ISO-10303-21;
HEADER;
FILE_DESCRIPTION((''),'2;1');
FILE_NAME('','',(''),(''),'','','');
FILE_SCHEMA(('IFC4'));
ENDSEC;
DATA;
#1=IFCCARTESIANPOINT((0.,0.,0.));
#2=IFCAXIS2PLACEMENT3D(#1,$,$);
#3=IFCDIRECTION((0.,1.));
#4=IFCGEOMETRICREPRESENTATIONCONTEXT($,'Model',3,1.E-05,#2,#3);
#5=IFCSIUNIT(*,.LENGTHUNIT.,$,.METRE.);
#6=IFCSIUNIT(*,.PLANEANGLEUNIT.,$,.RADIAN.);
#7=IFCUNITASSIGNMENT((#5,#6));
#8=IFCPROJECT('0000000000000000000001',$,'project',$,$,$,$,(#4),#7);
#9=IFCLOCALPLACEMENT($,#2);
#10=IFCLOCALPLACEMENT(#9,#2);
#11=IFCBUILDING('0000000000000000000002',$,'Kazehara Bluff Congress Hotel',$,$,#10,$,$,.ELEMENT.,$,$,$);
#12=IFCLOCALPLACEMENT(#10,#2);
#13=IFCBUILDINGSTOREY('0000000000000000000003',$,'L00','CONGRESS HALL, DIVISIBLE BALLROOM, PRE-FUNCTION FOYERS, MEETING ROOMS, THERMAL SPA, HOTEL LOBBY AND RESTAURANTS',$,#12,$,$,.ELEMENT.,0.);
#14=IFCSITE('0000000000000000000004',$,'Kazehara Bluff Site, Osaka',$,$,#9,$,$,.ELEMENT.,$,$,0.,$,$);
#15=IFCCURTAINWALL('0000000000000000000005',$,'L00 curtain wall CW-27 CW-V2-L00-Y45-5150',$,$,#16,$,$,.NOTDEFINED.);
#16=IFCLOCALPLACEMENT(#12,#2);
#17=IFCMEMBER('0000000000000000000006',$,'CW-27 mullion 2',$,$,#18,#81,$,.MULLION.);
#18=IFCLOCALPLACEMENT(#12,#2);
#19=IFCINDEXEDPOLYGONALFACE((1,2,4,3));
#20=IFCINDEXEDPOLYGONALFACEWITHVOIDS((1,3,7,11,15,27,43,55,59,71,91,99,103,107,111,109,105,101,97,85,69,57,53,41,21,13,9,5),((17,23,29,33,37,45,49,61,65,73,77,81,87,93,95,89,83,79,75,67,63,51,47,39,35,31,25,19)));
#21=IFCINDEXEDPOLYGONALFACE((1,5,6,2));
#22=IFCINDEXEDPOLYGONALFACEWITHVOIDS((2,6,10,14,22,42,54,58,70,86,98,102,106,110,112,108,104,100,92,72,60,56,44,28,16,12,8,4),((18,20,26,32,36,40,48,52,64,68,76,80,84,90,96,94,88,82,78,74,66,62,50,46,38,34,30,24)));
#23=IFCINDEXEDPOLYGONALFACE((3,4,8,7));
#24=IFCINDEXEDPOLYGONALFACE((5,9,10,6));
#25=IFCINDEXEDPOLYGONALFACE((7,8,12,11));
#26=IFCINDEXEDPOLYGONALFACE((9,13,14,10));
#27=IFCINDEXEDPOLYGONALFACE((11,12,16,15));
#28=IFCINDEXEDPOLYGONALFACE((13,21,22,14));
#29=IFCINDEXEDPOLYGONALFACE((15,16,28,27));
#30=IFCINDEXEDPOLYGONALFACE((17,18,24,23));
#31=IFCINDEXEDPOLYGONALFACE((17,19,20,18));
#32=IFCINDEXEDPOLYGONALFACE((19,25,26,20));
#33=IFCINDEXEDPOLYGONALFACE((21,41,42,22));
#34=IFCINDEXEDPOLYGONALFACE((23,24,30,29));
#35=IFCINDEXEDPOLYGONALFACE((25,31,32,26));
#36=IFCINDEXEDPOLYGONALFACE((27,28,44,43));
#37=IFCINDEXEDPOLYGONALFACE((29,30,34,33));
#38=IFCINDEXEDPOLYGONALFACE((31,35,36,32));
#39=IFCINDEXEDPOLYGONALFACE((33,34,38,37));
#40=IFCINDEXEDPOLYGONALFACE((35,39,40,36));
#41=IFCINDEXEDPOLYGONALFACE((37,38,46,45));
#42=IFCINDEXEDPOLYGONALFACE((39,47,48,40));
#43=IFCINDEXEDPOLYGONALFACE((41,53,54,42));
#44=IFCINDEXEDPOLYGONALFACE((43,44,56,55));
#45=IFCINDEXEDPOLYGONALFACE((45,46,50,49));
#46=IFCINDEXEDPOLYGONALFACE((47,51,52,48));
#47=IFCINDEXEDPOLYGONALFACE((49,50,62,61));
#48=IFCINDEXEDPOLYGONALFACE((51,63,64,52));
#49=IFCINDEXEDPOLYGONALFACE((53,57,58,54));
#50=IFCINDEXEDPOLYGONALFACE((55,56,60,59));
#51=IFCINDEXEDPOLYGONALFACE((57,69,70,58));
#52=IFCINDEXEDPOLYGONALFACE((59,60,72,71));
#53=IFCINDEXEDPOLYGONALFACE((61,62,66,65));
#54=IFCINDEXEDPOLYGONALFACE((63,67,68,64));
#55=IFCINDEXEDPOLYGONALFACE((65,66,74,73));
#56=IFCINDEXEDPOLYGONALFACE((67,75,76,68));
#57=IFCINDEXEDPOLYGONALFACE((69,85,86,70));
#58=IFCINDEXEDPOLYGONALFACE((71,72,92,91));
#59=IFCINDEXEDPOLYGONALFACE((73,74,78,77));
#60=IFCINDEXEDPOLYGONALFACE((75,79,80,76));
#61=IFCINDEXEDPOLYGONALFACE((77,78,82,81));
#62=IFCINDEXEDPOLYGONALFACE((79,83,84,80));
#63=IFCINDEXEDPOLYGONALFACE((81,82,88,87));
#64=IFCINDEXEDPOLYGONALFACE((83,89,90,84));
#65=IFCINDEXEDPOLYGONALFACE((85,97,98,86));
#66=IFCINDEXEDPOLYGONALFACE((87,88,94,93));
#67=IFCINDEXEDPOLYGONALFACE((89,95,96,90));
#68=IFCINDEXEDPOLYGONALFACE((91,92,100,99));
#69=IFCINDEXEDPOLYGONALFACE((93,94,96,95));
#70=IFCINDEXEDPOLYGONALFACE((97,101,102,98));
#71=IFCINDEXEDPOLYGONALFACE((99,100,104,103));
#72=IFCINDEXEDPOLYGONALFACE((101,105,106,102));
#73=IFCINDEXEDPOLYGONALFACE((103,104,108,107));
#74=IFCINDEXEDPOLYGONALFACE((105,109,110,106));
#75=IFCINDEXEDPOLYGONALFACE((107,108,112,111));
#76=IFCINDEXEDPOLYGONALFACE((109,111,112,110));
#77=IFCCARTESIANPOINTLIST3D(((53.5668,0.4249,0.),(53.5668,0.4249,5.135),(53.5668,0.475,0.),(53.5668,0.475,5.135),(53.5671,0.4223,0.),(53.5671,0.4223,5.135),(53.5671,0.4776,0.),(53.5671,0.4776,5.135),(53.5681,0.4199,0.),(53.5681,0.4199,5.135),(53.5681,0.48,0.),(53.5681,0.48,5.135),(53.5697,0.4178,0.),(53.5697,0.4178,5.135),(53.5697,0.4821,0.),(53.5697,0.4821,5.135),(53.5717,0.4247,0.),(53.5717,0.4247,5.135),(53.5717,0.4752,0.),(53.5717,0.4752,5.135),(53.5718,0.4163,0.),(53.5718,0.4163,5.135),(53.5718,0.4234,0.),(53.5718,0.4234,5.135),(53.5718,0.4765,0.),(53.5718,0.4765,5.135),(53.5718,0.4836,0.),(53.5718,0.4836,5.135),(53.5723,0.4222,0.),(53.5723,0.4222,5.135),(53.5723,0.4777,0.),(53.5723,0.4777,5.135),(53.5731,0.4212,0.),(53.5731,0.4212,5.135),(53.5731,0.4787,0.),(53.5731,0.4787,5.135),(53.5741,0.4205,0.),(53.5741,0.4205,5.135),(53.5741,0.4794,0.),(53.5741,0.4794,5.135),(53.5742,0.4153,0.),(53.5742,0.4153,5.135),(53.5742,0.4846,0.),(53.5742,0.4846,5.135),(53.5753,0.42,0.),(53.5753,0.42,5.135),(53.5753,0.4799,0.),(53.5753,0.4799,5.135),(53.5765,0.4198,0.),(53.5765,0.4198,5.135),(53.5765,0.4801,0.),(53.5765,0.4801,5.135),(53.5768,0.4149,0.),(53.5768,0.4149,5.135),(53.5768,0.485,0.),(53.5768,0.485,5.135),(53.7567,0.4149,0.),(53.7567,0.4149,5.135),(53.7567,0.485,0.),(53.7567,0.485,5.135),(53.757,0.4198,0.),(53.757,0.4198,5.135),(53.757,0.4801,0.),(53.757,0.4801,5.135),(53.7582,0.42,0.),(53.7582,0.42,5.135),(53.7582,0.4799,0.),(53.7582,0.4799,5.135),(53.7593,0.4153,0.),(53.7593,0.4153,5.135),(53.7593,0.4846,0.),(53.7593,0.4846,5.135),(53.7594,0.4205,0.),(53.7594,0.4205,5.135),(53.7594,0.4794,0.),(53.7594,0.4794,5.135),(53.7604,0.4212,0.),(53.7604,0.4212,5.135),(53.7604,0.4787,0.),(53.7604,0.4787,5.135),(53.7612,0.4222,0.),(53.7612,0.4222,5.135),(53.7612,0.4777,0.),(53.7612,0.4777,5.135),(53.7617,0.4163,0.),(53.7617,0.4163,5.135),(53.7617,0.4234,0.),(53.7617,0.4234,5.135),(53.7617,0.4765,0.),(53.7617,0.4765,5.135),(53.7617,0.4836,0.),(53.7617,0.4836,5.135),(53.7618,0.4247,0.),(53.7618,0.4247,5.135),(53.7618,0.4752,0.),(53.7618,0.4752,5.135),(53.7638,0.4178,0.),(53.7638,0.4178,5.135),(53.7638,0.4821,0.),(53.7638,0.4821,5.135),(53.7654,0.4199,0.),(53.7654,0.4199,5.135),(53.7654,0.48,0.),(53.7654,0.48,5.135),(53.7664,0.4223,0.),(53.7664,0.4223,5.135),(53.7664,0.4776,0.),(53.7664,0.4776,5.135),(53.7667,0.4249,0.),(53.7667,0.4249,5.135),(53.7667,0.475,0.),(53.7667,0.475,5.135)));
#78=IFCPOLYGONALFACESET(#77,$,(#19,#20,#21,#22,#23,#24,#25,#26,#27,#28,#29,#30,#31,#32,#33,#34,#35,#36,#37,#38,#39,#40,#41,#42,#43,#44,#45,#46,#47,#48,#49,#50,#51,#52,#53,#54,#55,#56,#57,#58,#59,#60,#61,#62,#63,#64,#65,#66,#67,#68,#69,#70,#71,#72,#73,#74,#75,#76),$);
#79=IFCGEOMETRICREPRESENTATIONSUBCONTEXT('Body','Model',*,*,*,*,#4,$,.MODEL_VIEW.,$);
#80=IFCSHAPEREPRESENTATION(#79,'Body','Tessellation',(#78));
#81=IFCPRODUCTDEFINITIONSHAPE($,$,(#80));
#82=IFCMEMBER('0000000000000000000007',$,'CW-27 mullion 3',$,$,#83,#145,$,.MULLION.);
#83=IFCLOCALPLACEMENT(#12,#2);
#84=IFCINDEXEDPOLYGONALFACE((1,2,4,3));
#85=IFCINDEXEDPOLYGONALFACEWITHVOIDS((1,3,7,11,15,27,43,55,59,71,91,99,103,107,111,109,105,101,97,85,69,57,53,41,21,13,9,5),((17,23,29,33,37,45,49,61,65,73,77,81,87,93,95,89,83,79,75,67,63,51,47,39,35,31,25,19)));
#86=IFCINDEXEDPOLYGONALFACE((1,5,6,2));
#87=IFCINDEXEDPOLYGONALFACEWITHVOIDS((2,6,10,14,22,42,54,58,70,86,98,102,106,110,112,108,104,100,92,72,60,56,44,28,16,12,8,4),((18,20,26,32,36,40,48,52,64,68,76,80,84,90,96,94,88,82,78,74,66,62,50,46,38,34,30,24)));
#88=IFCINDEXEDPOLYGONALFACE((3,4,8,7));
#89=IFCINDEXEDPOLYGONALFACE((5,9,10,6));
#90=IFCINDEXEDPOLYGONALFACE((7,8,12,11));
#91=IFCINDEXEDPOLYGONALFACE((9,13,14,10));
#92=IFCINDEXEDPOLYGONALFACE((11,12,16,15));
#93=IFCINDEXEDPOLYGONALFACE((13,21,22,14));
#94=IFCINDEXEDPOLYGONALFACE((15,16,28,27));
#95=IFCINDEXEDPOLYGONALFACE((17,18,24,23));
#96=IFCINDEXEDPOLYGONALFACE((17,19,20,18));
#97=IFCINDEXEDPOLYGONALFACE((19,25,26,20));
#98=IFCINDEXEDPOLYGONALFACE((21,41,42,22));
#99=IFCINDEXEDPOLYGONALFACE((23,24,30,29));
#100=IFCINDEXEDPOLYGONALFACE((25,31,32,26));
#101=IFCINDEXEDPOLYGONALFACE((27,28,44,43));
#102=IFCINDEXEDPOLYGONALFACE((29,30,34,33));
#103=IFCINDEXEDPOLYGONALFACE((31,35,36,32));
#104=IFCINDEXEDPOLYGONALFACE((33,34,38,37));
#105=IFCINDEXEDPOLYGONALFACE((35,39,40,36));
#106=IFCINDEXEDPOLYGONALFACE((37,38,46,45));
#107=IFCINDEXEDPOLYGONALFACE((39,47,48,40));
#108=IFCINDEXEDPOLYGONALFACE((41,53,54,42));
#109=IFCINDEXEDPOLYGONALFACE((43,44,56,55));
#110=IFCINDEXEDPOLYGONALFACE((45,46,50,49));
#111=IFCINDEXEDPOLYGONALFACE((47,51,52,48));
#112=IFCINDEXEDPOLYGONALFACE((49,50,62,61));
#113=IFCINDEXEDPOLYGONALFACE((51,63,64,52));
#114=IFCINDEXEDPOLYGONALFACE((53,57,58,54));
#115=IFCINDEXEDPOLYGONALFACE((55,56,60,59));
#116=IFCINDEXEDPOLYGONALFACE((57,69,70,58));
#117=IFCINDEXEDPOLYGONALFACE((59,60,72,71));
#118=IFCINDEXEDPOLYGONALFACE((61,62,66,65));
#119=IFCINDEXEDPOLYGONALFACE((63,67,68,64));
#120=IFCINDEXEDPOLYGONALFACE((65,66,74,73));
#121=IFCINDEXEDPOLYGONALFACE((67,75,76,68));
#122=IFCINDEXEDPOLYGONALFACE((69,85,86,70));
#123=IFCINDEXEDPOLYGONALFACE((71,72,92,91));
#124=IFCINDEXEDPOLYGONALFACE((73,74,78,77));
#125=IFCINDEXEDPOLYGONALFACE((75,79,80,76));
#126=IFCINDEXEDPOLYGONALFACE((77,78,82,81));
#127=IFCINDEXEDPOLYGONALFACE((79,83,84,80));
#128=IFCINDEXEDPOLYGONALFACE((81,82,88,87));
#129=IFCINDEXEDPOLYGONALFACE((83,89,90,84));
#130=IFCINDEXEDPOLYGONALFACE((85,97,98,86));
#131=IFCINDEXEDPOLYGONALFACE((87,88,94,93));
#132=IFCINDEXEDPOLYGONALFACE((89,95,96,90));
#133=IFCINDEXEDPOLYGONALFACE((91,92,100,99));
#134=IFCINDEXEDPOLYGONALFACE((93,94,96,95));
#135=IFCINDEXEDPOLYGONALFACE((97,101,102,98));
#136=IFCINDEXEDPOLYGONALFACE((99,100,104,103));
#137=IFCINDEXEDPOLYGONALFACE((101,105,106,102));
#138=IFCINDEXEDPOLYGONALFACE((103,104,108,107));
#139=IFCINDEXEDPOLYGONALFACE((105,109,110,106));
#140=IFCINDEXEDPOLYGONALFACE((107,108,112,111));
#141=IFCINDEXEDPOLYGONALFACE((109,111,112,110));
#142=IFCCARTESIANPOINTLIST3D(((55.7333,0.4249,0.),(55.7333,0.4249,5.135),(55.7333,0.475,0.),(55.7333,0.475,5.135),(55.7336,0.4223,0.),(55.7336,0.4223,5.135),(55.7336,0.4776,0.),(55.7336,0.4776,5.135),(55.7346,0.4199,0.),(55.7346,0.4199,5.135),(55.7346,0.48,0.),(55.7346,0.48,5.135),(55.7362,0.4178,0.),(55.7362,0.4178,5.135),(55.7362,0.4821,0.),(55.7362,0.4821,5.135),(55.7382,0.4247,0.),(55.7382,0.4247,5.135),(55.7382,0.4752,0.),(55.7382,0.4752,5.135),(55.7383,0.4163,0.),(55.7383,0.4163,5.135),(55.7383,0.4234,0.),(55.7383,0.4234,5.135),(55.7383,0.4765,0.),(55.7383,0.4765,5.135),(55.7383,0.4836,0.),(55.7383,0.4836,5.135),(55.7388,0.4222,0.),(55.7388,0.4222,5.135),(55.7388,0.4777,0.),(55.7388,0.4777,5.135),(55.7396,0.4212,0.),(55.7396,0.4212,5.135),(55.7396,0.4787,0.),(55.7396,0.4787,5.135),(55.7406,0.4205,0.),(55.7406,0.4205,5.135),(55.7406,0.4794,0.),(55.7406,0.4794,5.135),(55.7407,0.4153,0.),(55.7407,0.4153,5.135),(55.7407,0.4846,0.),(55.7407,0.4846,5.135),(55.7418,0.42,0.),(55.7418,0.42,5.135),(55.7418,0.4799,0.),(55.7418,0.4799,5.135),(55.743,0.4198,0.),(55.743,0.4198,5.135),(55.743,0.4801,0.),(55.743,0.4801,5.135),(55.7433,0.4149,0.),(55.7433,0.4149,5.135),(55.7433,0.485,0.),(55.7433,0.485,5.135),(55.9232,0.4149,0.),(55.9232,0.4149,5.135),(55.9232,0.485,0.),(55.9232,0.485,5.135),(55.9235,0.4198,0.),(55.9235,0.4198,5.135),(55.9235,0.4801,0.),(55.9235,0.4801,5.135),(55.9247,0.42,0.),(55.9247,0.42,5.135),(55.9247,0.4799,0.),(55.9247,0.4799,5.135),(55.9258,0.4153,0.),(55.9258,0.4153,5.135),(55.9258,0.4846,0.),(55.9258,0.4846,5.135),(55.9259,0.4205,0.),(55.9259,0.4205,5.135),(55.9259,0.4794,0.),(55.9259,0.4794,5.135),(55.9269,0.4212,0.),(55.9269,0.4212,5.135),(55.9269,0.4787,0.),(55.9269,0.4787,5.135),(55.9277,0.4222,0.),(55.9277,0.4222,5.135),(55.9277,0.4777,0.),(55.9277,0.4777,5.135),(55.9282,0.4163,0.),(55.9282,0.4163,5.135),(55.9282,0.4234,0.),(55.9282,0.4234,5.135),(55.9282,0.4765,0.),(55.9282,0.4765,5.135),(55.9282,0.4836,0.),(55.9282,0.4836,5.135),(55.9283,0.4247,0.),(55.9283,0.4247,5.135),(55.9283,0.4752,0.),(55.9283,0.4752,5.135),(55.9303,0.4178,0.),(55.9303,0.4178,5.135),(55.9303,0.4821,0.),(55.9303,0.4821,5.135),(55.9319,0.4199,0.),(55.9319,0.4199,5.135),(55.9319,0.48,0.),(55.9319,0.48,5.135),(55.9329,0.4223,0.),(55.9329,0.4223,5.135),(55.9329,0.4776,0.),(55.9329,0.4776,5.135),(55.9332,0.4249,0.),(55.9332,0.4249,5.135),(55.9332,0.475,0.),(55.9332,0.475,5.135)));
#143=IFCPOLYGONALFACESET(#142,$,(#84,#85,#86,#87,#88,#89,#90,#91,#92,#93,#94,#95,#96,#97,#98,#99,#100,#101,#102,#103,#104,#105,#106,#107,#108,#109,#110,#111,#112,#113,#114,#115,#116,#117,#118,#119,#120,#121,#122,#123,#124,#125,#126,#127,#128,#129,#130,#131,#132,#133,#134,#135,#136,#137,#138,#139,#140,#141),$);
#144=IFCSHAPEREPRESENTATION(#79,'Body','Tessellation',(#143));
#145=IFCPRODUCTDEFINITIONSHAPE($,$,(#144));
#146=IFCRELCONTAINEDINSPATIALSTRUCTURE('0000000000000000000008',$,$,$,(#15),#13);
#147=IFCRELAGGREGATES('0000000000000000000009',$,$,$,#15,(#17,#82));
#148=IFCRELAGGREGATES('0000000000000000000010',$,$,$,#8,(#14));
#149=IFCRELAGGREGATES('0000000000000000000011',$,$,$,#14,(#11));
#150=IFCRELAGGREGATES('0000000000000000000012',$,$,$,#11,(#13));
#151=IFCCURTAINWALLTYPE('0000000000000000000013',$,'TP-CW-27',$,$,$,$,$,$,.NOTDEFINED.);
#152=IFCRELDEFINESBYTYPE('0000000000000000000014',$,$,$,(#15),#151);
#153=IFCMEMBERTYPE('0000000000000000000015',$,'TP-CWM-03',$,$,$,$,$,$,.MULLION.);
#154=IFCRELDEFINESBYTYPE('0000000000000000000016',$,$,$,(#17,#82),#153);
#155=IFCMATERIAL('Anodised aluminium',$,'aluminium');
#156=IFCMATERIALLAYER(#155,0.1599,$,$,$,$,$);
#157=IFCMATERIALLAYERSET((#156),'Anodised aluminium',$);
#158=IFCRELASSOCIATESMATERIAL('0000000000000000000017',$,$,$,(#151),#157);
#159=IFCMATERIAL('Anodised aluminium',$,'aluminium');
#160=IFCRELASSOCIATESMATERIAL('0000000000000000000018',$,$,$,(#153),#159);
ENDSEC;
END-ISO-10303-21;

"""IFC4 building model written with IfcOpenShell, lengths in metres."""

from ifc_helpers import new_model, si_unit, direction, frame, origin, origin_2d, place, context, subcontext, project, spatial, hollow_rectangle, extrude, material, layer, layer_set, material_profile, profile_set, type_object, element, aggregate, save


model = new_model("IFC4")

# Units and contexts
model_context = context("Model", 3, precision=1e-05, world=origin(), true_north=direction((0.0, 1.0)))
body_context = subcontext(model_context, "Body", "Model", "MODEL_VIEW")
ifc_project = project(units=[si_unit("LENGTHUNIT", "METRE"), si_unit("PLANEANGLEUNIT", "RADIAN")], contexts=[model_context])

# Site, building, storey
site_placement = place(None, origin())
site = spatial("IfcSite", under=ifc_project, at=site_placement, Name="Kazehara Bluff Site, Osaka", CompositionType="ELEMENT", RefElevation=0.0)
building_placement = place(site_placement, origin())
building = spatial("IfcBuilding", under=site, at=building_placement, Name="Kazehara Bluff Congress Hotel", CompositionType="ELEMENT")
storey_placement = place(building_placement, origin())
storey = spatial("IfcBuildingStorey", under=building, at=storey_placement, Name="L00", Description="CONGRESS HALL, DIVISIBLE BALLROOM, PRE-FUNCTION FOYERS, MEETING ROOMS, THERMAL SPA, HOTEL LOBBY AND RESTAURANTS", CompositionType="ELEMENT", Elevation=0.0)

# Curtain wall, members
ifc_material_1 = material(Name="Anodised aluminium", Category="aluminium")
ifc_layer_1 = layer(ifc_material_1, 0.1599)
ifc_layer_set_1 = layer_set([ifc_layer_1], Name="Anodised aluminium")
curtain_wall_type_1 = type_object("IfcCurtainWallType", Name="TP-CW-27", PredefinedType="NOTDEFINED", material=ifc_layer_set_1)
curtain_wall_1_placement = place(storey_placement, origin())
curtain_wall_1 = element("IfcCurtainWall", 1, at=curtain_wall_1_placement, inside=storey, type_object=curtain_wall_type_1, Name="L00 curtain wall CW-27 CW-V2-L00-Y45-5150", PredefinedType="NOTDEFINED")
ifc_material_2 = material(Name="Anodised aluminium", Category="aluminium")
ifc_material_profile_1 = material_profile(ifc_material_2, hollow_rectangle(XDim=0.0701, YDim=0.2, WallThickness=0.0049, InnerFilletRadius=0.0049, OuterFilletRadius=0.01, at=origin_2d()))
ifc_profile_set_1 = profile_set([ifc_material_profile_1], Name="Anodised aluminium")
member_type_1 = type_object("IfcMemberType", Name="TP-CWM-03", PredefinedType="MULLION", material=ifc_profile_set_1)
member_1_placement = place(storey_placement, frame((53.6667, 0.45, 0.0), z_axis=(0.0, 0.0, 1.0), x_axis=(0.0, 1.0, 0.0)))
member_1 = element("IfcMember", 2, at=member_1_placement, type_object=member_type_1, Name="CW-27 mullion 2", PredefinedType="MULLION", context=body_context, shape_type="SweptSolid", body=[
    extrude(hollow_rectangle(XDim=0.0701, YDim=0.2, WallThickness=0.0049, InnerFilletRadius=0.0049, OuterFilletRadius=0.01, at=origin_2d()), origin(), (0.0, 0.0, 1.0), 5.135),
])
member_2_placement = place(storey_placement, frame((55.8333, 0.45, 0.0), z_axis=(0.0, 0.0, 1.0), x_axis=(0.0, 1.0, 0.0)))
member_2 = element("IfcMember", 3, at=member_2_placement, type_object=member_type_1, Name="CW-27 mullion 3", PredefinedType="MULLION", context=body_context, shape_type="SweptSolid", body=[
    extrude(hollow_rectangle(XDim=0.0701, YDim=0.2, WallThickness=0.0049, InnerFilletRadius=0.0049, OuterFilletRadius=0.01, at=origin_2d()), origin(), (0.0, 0.0, 1.0), 5.135),
])

aggregate(curtain_wall_1, [member_1, member_2])

save(model, "model.ifc")
